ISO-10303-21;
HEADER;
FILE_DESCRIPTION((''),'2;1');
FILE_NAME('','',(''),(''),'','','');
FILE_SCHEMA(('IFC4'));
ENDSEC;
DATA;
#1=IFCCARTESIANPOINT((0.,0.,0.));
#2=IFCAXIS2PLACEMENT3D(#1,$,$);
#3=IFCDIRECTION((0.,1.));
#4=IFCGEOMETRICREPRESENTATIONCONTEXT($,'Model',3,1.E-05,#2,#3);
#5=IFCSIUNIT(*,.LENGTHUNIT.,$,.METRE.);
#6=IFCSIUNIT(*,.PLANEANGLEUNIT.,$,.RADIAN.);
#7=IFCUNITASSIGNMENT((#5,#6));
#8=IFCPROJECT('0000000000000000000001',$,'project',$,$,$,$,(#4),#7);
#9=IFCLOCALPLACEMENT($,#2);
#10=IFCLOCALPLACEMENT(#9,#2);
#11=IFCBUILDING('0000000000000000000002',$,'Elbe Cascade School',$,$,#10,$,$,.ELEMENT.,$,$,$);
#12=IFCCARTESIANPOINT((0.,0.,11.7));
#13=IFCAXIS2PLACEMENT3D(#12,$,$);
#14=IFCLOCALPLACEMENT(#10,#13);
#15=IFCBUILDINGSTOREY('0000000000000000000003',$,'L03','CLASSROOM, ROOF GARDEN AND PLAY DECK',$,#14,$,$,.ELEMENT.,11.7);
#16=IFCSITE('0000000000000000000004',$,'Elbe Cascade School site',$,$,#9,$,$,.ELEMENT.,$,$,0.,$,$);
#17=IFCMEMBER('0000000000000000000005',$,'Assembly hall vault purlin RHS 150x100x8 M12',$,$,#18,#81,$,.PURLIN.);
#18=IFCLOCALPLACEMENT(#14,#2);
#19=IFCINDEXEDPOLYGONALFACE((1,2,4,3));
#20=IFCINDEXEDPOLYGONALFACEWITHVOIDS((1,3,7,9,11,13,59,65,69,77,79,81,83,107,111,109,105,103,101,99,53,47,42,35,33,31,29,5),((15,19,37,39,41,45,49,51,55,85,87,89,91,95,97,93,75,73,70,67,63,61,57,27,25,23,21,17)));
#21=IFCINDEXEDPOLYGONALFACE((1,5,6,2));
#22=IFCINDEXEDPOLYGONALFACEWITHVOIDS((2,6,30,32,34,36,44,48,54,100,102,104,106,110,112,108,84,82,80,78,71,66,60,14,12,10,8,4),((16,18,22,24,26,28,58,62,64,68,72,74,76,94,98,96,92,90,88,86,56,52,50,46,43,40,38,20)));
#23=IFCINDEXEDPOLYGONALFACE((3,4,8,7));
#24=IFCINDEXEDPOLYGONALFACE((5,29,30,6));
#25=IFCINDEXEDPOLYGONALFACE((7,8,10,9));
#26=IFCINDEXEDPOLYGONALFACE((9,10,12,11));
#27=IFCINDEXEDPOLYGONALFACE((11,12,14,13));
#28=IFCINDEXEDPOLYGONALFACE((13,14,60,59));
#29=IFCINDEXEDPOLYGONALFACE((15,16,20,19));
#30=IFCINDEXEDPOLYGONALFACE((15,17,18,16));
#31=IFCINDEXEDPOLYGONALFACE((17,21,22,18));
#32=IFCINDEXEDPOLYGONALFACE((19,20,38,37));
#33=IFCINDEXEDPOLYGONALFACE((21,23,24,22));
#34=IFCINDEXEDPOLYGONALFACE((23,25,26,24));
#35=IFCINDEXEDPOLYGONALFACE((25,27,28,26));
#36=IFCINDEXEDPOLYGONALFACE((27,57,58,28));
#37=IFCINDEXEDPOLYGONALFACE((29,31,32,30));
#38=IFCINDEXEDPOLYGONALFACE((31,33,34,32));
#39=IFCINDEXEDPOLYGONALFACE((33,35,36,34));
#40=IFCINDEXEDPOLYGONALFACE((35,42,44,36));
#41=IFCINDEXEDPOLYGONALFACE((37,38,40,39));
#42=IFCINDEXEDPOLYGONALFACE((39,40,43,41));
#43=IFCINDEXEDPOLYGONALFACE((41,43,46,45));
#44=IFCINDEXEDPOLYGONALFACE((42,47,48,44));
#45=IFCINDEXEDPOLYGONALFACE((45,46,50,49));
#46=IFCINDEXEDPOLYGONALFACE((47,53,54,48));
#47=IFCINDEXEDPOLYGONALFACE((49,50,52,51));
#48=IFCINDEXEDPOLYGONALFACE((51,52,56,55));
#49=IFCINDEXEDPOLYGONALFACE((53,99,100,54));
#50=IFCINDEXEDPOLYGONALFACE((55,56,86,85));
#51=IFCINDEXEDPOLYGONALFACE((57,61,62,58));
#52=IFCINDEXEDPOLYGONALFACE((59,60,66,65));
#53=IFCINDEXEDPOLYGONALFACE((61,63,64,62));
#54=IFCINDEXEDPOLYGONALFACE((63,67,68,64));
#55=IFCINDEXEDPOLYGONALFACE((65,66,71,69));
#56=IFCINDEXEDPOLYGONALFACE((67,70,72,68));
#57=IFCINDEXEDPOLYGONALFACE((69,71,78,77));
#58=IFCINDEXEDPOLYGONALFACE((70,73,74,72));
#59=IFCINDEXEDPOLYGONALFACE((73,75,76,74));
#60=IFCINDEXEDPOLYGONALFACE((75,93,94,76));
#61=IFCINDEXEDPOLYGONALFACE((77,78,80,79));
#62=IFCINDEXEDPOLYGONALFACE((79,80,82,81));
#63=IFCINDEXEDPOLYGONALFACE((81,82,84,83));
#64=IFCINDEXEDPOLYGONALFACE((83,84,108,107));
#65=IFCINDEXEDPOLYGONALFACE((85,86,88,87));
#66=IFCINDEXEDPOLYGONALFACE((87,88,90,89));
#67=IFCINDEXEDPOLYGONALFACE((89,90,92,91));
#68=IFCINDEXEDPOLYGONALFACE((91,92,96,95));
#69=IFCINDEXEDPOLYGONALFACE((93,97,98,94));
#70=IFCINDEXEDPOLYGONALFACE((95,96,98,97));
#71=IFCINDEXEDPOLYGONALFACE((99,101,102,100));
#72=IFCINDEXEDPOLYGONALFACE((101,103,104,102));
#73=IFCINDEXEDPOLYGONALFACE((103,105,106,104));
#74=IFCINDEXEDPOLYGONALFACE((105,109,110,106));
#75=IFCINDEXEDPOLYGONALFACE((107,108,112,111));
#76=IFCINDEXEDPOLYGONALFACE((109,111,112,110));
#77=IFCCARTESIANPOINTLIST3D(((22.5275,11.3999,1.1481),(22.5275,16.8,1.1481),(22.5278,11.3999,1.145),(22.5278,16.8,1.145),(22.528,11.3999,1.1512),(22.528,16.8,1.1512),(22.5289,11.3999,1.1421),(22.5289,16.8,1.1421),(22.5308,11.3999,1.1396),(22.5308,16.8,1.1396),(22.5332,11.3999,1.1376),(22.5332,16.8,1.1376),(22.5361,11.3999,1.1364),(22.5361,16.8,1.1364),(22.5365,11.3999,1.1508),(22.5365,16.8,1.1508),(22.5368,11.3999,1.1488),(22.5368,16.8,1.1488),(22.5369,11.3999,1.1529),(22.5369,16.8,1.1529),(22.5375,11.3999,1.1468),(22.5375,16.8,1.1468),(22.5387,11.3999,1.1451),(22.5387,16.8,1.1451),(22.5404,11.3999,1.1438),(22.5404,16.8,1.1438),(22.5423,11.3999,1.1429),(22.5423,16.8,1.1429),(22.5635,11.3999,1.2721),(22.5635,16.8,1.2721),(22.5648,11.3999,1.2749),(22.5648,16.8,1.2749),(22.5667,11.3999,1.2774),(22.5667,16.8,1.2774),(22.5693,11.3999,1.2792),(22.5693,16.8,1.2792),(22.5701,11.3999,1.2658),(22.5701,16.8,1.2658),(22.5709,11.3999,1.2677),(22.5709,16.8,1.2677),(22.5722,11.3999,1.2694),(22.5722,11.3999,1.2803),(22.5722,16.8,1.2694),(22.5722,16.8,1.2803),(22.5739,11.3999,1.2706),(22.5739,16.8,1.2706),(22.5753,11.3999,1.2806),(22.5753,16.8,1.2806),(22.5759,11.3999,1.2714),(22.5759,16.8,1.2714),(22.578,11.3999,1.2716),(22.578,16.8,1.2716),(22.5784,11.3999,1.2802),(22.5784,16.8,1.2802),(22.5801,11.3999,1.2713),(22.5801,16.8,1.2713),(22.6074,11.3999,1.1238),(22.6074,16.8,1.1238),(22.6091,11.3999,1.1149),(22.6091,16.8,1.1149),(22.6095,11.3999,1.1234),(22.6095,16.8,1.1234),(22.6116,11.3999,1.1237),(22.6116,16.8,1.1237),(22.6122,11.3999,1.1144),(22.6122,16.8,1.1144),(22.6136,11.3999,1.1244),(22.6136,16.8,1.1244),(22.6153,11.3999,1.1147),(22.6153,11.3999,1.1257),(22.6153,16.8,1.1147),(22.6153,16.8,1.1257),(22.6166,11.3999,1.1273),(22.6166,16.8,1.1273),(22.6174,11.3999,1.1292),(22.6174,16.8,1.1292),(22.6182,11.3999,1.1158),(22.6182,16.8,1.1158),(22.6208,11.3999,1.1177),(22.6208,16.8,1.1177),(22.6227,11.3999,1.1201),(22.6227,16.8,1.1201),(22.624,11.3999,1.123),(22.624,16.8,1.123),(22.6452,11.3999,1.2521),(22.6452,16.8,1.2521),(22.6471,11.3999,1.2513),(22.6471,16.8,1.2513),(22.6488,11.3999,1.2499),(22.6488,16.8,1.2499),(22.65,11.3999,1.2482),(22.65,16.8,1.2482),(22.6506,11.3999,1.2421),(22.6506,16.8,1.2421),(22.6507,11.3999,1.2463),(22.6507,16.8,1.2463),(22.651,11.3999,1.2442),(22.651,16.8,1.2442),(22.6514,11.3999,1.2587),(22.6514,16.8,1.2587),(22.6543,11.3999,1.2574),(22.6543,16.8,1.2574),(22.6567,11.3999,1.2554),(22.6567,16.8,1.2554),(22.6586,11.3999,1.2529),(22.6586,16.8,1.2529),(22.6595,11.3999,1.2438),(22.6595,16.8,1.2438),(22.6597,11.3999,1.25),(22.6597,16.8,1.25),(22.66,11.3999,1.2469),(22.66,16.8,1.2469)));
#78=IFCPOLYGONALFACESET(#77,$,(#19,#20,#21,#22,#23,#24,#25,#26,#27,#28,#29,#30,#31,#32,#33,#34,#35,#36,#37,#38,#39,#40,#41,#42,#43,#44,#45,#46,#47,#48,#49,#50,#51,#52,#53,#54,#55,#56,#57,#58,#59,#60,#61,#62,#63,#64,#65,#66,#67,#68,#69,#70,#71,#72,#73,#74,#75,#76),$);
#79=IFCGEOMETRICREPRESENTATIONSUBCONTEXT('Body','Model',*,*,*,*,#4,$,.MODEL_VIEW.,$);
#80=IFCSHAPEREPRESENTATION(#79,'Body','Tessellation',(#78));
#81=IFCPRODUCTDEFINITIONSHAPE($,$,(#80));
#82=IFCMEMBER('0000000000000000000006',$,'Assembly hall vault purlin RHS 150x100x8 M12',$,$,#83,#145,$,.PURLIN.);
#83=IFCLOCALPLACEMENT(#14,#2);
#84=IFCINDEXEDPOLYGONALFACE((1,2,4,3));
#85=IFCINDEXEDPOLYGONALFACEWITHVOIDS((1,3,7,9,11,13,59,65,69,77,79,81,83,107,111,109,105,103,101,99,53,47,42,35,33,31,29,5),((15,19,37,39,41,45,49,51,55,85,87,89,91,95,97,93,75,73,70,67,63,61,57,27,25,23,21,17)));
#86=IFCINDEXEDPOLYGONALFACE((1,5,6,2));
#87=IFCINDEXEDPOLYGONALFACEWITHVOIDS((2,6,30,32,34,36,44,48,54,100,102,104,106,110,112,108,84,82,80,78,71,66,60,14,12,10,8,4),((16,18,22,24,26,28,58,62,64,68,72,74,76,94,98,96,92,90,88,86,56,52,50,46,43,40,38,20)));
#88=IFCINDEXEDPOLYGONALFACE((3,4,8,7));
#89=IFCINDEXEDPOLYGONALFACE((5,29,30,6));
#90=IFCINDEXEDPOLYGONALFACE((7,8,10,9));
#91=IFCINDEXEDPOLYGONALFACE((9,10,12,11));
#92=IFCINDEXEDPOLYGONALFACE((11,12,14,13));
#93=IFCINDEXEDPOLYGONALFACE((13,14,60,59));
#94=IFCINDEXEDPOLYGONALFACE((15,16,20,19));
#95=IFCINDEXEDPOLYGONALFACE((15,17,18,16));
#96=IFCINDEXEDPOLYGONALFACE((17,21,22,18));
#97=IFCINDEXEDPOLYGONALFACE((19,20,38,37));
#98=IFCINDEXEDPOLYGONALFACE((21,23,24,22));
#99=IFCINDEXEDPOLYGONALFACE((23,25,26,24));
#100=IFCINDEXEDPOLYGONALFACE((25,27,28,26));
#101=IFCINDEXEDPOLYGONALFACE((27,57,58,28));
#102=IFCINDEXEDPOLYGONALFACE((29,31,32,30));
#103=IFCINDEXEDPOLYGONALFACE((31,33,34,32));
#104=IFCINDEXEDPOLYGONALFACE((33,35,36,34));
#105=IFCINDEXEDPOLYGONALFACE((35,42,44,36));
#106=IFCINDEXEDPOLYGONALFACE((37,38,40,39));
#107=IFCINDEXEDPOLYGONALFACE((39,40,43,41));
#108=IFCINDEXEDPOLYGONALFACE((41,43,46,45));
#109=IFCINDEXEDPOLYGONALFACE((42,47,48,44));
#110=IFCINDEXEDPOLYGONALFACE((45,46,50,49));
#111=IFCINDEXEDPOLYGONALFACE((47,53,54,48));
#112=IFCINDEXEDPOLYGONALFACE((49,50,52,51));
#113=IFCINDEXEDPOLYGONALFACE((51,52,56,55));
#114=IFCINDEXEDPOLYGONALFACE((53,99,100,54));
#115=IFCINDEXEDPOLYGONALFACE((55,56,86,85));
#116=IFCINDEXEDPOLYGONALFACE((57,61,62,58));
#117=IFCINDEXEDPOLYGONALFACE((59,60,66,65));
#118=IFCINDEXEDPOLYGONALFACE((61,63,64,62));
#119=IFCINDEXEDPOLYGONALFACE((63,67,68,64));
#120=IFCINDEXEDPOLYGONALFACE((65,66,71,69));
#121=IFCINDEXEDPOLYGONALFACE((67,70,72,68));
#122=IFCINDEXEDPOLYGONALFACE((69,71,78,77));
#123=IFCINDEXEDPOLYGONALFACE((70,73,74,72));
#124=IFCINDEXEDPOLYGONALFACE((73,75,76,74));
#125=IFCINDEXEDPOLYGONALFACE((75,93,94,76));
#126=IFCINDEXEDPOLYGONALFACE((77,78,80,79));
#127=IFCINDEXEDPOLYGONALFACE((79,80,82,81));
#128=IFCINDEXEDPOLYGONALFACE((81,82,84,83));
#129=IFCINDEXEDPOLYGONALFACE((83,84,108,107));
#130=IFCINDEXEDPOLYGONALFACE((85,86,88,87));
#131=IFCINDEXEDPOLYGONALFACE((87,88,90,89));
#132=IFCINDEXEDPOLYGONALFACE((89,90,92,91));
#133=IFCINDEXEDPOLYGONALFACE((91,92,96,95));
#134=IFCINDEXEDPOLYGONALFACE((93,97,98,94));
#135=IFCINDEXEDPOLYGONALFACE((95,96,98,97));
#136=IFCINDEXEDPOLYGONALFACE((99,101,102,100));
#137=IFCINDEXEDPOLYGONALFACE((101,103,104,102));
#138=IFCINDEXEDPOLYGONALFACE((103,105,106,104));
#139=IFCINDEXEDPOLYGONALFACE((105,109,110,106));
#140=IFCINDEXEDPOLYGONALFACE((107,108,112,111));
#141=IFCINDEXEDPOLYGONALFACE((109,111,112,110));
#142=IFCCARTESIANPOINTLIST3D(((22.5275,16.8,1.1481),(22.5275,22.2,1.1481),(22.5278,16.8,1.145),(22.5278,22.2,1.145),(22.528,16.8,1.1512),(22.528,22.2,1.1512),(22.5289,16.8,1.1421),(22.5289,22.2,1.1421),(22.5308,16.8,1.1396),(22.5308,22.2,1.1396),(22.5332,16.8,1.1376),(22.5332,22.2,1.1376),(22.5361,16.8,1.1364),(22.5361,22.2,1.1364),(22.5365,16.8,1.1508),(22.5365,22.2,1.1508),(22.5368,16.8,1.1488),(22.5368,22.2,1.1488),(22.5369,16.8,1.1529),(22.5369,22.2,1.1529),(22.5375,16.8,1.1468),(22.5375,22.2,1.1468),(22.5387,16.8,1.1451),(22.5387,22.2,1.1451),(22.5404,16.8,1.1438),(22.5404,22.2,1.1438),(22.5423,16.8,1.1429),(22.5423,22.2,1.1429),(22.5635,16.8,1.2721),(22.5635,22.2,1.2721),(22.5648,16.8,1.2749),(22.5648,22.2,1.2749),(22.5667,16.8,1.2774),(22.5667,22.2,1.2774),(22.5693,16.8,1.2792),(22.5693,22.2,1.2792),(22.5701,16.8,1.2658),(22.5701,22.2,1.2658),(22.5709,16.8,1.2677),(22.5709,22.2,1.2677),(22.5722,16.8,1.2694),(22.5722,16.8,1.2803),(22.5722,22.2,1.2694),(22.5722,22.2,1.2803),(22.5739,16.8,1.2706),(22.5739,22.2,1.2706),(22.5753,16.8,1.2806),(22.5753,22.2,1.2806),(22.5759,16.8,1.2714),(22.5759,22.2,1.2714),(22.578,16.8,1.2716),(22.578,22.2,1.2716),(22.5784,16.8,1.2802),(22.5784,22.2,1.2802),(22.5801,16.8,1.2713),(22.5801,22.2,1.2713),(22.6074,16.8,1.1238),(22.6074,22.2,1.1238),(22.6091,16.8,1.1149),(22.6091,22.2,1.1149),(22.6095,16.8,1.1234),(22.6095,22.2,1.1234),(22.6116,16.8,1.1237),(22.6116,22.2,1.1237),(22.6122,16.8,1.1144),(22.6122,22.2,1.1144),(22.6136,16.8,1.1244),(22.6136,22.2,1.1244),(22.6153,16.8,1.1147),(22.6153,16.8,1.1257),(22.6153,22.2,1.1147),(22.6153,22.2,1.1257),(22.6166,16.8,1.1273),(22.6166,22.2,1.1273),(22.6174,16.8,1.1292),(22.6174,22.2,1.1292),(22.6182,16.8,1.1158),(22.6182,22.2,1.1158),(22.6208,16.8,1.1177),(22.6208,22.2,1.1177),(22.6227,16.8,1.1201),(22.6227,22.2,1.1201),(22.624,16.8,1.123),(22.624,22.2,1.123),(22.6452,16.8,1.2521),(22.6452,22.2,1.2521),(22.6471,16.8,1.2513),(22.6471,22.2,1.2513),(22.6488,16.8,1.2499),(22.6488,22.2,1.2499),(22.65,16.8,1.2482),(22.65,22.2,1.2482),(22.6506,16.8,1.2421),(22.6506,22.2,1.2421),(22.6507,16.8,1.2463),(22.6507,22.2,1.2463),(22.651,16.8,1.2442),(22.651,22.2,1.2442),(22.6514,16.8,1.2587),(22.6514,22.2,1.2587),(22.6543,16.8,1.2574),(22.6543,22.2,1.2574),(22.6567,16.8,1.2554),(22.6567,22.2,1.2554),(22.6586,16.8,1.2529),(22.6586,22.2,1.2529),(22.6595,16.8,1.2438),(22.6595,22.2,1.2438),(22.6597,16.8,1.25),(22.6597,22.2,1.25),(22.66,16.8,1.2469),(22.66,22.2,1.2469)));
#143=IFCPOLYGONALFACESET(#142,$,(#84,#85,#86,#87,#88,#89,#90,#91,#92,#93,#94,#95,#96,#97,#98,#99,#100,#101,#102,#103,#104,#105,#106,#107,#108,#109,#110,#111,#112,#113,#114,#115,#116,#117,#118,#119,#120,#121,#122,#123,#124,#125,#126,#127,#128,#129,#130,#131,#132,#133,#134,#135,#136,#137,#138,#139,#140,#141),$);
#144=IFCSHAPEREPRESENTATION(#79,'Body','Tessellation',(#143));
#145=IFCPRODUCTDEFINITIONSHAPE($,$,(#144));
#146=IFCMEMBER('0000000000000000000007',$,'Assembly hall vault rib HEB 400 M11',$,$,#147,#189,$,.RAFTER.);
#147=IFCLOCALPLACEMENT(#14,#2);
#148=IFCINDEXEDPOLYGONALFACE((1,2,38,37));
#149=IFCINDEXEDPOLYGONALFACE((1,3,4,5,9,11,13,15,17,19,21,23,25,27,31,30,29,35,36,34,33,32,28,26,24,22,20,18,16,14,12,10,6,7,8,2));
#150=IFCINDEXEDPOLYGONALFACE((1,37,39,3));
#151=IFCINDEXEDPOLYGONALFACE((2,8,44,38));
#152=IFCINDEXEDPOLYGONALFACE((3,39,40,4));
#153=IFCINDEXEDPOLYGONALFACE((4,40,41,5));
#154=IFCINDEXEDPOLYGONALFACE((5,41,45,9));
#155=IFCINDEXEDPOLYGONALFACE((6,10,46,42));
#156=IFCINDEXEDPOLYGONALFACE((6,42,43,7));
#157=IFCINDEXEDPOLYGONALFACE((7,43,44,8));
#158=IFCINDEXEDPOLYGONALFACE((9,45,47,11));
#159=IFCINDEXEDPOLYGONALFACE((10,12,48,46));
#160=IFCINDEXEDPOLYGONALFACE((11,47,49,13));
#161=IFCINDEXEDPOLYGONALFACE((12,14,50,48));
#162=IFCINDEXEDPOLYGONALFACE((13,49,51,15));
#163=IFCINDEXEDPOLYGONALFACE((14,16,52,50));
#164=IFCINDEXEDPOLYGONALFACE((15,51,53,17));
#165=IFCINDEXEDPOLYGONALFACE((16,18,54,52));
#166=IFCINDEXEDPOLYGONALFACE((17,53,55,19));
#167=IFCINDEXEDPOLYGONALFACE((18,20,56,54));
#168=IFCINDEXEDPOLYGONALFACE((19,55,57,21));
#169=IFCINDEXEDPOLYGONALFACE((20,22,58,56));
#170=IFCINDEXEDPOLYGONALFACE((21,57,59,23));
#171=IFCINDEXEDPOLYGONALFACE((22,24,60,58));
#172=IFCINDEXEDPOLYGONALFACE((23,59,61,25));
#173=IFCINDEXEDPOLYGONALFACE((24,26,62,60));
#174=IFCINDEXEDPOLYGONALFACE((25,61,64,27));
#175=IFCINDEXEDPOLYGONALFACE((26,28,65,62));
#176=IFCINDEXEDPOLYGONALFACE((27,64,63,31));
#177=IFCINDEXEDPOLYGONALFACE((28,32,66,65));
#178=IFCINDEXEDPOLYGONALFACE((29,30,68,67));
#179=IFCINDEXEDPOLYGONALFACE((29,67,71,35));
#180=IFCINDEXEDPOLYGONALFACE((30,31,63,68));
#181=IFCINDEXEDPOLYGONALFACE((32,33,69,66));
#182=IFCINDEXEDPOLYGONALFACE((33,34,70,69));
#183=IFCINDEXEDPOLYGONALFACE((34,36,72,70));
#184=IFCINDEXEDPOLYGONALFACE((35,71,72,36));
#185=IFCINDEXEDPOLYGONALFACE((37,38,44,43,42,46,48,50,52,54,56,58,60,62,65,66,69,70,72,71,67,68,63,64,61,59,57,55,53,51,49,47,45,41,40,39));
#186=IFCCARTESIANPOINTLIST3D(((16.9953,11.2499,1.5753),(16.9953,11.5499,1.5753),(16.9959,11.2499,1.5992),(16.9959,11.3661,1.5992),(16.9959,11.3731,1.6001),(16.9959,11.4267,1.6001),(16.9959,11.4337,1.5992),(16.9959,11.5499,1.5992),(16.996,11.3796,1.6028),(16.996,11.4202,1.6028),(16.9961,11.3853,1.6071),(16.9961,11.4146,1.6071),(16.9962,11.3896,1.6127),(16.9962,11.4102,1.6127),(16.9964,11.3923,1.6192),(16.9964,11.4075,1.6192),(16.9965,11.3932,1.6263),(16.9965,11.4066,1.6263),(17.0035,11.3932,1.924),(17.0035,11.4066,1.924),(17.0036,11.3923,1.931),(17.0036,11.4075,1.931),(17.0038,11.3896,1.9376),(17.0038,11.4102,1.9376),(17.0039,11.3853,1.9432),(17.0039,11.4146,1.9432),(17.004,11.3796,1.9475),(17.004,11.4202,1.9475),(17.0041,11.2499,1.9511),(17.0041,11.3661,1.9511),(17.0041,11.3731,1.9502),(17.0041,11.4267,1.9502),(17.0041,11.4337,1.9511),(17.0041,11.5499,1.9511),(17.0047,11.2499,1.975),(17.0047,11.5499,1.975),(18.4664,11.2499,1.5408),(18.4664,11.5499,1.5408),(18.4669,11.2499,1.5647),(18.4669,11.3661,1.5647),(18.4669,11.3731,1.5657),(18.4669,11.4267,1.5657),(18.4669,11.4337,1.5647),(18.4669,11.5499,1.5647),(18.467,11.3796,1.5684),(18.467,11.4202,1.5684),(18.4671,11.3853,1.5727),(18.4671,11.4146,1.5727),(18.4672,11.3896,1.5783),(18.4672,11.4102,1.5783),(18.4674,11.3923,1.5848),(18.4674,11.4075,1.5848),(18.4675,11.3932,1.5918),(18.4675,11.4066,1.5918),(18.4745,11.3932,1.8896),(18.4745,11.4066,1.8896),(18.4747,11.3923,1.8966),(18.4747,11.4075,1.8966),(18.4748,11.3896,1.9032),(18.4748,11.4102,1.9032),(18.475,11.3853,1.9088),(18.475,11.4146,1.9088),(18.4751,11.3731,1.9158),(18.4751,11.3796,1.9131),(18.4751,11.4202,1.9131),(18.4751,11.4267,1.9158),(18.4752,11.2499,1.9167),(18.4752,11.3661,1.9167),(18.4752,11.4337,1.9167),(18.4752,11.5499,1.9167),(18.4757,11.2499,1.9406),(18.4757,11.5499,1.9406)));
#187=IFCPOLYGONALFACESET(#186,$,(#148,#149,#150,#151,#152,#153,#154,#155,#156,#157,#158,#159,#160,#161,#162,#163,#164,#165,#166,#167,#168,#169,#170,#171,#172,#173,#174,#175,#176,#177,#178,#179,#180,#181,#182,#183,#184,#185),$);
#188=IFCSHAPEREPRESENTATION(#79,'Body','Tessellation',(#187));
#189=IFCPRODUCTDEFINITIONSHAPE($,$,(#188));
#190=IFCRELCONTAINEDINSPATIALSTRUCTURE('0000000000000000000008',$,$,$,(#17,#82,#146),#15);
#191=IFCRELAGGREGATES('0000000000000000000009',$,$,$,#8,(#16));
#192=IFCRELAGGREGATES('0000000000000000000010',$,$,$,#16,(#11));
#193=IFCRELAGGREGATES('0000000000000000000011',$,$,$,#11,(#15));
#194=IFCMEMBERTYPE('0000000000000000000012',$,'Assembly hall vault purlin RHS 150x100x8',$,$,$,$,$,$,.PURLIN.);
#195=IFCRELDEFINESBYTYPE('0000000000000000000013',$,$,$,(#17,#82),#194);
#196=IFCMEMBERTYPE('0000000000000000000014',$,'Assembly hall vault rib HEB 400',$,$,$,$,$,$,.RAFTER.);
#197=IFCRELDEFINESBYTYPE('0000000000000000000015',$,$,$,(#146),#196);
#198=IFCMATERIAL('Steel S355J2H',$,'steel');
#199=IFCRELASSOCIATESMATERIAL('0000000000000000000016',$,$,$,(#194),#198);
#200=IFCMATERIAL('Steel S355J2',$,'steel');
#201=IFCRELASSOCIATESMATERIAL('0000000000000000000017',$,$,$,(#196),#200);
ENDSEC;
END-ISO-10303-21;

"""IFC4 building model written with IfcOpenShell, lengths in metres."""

from ifc_helpers import new_model, si_unit, direction, frame, origin, origin_2d, place, context, subcontext, project, spatial, hollow_rectangle, i_section, extrude, material, material_profile, profile_set, type_object, element, save


model = new_model("IFC4")

# Units and contexts
model_context = context("Model", 3, precision=1e-05, world=origin(), true_north=direction((0.0, 1.0)))
body_context = subcontext(model_context, "Body", "Model", "MODEL_VIEW")
ifc_project = project(units=[si_unit("LENGTHUNIT", "METRE"), si_unit("PLANEANGLEUNIT", "RADIAN")], contexts=[model_context])

# Site, building, storey
site_placement = place(None, origin())
site = spatial("IfcSite", under=ifc_project, at=site_placement, Name="Elbe Cascade School site", CompositionType="ELEMENT", RefElevation=0.0)
building_placement = place(site_placement, origin())
building = spatial("IfcBuilding", under=site, at=building_placement, Name="Elbe Cascade School", CompositionType="ELEMENT")
storey_placement = place(building_placement, frame((0.0, 0.0, 11.7)))
storey = spatial("IfcBuildingStorey", under=building, at=storey_placement, Name="L03", Description="CLASSROOM, ROOF GARDEN AND PLAY DECK", CompositionType="ELEMENT", Elevation=11.7)

# Members
ifc_material_1 = material(Name="Steel S355J2H", Category="steel")
ifc_material_profile_1 = material_profile(ifc_material_1, hollow_rectangle(XDim=0.1001, YDim=0.1499, WallThickness=0.0081, InnerFilletRadius=0.0081, OuterFilletRadius=0.012, at=origin_2d()), Name="RHS 150x100x8")
ifc_profile_set_1 = profile_set([ifc_material_profile_1], Name="Steel S355J2H")
member_type_1 = type_object("IfcMemberType", Name="Assembly hall vault purlin RHS 150x100x8", PredefinedType="PURLIN", material=ifc_profile_set_1)
member_1_placement = place(storey_placement, frame((22.5938, 11.3999, 1.1975), z_axis=(0.0, 1.0, 0.0), x_axis=(-0.959321, 0.0, 0.282318)))
element("IfcMember", 1, at=member_1_placement, inside=storey, type_object=member_type_1, Name="Assembly hall vault purlin RHS 150x100x8 M12", PredefinedType="PURLIN", context=body_context, shape_type="SweptSolid", body=[
    extrude(hollow_rectangle(XDim=0.1001, YDim=0.1499, WallThickness=0.0081, InnerFilletRadius=0.0081, OuterFilletRadius=0.012, at=origin_2d()), origin(), (0.0, 0.0, 1.0), 5.4001),
])
member_2_placement = place(storey_placement, frame((22.5938, 16.8, 1.1975), z_axis=(0.0, 1.0, 0.0), x_axis=(-0.959321, 0.0, 0.282318)))
element("IfcMember", 2, at=member_2_placement, inside=storey, type_object=member_type_1, Name="Assembly hall vault purlin RHS 150x100x8 M12", PredefinedType="PURLIN", context=body_context, shape_type="SweptSolid", body=[
    extrude(hollow_rectangle(XDim=0.1001, YDim=0.1499, WallThickness=0.0081, InnerFilletRadius=0.0081, OuterFilletRadius=0.012, at=origin_2d()), origin(), (0.0, 0.0, 1.0), 5.3999),
])
ifc_material_2 = material(Name="Steel S355J2", Category="steel")
ifc_material_profile_2 = material_profile(ifc_material_2, i_section(OverallWidth=0.3, OverallDepth=0.3999, WebThickness=0.0134, FlangeThickness=0.0239, FilletRadius=0.0271, at=origin_2d()), Name="HEB 400")
ifc_profile_set_2 = profile_set([ifc_material_profile_2], Name="Steel S355J2")
member_type_2 = type_object("IfcMemberType", Name="Assembly hall vault rib HEB 400", PredefinedType="RAFTER", material=ifc_profile_set_2)
member_3_placement = place(storey_placement, frame((17.0, 11.3999, 1.7751), z_axis=(0.999726, 0.0, -0.023396), x_axis=(0.0, 1.0, 0.0)))
element("IfcMember", 3, at=member_3_placement, inside=storey, type_object=member_type_2, Name="Assembly hall vault rib HEB 400 M11", PredefinedType="RAFTER", context=body_context, shape_type="SweptSolid", body=[
    extrude(i_section(OverallWidth=0.3, OverallDepth=0.3999, WebThickness=0.0134, FlangeThickness=0.0239, FilletRadius=0.0271, at=origin_2d()), origin(), (0.0, 0.0, 1.0), 1.4714),
])

save(model, "model.ifc")
